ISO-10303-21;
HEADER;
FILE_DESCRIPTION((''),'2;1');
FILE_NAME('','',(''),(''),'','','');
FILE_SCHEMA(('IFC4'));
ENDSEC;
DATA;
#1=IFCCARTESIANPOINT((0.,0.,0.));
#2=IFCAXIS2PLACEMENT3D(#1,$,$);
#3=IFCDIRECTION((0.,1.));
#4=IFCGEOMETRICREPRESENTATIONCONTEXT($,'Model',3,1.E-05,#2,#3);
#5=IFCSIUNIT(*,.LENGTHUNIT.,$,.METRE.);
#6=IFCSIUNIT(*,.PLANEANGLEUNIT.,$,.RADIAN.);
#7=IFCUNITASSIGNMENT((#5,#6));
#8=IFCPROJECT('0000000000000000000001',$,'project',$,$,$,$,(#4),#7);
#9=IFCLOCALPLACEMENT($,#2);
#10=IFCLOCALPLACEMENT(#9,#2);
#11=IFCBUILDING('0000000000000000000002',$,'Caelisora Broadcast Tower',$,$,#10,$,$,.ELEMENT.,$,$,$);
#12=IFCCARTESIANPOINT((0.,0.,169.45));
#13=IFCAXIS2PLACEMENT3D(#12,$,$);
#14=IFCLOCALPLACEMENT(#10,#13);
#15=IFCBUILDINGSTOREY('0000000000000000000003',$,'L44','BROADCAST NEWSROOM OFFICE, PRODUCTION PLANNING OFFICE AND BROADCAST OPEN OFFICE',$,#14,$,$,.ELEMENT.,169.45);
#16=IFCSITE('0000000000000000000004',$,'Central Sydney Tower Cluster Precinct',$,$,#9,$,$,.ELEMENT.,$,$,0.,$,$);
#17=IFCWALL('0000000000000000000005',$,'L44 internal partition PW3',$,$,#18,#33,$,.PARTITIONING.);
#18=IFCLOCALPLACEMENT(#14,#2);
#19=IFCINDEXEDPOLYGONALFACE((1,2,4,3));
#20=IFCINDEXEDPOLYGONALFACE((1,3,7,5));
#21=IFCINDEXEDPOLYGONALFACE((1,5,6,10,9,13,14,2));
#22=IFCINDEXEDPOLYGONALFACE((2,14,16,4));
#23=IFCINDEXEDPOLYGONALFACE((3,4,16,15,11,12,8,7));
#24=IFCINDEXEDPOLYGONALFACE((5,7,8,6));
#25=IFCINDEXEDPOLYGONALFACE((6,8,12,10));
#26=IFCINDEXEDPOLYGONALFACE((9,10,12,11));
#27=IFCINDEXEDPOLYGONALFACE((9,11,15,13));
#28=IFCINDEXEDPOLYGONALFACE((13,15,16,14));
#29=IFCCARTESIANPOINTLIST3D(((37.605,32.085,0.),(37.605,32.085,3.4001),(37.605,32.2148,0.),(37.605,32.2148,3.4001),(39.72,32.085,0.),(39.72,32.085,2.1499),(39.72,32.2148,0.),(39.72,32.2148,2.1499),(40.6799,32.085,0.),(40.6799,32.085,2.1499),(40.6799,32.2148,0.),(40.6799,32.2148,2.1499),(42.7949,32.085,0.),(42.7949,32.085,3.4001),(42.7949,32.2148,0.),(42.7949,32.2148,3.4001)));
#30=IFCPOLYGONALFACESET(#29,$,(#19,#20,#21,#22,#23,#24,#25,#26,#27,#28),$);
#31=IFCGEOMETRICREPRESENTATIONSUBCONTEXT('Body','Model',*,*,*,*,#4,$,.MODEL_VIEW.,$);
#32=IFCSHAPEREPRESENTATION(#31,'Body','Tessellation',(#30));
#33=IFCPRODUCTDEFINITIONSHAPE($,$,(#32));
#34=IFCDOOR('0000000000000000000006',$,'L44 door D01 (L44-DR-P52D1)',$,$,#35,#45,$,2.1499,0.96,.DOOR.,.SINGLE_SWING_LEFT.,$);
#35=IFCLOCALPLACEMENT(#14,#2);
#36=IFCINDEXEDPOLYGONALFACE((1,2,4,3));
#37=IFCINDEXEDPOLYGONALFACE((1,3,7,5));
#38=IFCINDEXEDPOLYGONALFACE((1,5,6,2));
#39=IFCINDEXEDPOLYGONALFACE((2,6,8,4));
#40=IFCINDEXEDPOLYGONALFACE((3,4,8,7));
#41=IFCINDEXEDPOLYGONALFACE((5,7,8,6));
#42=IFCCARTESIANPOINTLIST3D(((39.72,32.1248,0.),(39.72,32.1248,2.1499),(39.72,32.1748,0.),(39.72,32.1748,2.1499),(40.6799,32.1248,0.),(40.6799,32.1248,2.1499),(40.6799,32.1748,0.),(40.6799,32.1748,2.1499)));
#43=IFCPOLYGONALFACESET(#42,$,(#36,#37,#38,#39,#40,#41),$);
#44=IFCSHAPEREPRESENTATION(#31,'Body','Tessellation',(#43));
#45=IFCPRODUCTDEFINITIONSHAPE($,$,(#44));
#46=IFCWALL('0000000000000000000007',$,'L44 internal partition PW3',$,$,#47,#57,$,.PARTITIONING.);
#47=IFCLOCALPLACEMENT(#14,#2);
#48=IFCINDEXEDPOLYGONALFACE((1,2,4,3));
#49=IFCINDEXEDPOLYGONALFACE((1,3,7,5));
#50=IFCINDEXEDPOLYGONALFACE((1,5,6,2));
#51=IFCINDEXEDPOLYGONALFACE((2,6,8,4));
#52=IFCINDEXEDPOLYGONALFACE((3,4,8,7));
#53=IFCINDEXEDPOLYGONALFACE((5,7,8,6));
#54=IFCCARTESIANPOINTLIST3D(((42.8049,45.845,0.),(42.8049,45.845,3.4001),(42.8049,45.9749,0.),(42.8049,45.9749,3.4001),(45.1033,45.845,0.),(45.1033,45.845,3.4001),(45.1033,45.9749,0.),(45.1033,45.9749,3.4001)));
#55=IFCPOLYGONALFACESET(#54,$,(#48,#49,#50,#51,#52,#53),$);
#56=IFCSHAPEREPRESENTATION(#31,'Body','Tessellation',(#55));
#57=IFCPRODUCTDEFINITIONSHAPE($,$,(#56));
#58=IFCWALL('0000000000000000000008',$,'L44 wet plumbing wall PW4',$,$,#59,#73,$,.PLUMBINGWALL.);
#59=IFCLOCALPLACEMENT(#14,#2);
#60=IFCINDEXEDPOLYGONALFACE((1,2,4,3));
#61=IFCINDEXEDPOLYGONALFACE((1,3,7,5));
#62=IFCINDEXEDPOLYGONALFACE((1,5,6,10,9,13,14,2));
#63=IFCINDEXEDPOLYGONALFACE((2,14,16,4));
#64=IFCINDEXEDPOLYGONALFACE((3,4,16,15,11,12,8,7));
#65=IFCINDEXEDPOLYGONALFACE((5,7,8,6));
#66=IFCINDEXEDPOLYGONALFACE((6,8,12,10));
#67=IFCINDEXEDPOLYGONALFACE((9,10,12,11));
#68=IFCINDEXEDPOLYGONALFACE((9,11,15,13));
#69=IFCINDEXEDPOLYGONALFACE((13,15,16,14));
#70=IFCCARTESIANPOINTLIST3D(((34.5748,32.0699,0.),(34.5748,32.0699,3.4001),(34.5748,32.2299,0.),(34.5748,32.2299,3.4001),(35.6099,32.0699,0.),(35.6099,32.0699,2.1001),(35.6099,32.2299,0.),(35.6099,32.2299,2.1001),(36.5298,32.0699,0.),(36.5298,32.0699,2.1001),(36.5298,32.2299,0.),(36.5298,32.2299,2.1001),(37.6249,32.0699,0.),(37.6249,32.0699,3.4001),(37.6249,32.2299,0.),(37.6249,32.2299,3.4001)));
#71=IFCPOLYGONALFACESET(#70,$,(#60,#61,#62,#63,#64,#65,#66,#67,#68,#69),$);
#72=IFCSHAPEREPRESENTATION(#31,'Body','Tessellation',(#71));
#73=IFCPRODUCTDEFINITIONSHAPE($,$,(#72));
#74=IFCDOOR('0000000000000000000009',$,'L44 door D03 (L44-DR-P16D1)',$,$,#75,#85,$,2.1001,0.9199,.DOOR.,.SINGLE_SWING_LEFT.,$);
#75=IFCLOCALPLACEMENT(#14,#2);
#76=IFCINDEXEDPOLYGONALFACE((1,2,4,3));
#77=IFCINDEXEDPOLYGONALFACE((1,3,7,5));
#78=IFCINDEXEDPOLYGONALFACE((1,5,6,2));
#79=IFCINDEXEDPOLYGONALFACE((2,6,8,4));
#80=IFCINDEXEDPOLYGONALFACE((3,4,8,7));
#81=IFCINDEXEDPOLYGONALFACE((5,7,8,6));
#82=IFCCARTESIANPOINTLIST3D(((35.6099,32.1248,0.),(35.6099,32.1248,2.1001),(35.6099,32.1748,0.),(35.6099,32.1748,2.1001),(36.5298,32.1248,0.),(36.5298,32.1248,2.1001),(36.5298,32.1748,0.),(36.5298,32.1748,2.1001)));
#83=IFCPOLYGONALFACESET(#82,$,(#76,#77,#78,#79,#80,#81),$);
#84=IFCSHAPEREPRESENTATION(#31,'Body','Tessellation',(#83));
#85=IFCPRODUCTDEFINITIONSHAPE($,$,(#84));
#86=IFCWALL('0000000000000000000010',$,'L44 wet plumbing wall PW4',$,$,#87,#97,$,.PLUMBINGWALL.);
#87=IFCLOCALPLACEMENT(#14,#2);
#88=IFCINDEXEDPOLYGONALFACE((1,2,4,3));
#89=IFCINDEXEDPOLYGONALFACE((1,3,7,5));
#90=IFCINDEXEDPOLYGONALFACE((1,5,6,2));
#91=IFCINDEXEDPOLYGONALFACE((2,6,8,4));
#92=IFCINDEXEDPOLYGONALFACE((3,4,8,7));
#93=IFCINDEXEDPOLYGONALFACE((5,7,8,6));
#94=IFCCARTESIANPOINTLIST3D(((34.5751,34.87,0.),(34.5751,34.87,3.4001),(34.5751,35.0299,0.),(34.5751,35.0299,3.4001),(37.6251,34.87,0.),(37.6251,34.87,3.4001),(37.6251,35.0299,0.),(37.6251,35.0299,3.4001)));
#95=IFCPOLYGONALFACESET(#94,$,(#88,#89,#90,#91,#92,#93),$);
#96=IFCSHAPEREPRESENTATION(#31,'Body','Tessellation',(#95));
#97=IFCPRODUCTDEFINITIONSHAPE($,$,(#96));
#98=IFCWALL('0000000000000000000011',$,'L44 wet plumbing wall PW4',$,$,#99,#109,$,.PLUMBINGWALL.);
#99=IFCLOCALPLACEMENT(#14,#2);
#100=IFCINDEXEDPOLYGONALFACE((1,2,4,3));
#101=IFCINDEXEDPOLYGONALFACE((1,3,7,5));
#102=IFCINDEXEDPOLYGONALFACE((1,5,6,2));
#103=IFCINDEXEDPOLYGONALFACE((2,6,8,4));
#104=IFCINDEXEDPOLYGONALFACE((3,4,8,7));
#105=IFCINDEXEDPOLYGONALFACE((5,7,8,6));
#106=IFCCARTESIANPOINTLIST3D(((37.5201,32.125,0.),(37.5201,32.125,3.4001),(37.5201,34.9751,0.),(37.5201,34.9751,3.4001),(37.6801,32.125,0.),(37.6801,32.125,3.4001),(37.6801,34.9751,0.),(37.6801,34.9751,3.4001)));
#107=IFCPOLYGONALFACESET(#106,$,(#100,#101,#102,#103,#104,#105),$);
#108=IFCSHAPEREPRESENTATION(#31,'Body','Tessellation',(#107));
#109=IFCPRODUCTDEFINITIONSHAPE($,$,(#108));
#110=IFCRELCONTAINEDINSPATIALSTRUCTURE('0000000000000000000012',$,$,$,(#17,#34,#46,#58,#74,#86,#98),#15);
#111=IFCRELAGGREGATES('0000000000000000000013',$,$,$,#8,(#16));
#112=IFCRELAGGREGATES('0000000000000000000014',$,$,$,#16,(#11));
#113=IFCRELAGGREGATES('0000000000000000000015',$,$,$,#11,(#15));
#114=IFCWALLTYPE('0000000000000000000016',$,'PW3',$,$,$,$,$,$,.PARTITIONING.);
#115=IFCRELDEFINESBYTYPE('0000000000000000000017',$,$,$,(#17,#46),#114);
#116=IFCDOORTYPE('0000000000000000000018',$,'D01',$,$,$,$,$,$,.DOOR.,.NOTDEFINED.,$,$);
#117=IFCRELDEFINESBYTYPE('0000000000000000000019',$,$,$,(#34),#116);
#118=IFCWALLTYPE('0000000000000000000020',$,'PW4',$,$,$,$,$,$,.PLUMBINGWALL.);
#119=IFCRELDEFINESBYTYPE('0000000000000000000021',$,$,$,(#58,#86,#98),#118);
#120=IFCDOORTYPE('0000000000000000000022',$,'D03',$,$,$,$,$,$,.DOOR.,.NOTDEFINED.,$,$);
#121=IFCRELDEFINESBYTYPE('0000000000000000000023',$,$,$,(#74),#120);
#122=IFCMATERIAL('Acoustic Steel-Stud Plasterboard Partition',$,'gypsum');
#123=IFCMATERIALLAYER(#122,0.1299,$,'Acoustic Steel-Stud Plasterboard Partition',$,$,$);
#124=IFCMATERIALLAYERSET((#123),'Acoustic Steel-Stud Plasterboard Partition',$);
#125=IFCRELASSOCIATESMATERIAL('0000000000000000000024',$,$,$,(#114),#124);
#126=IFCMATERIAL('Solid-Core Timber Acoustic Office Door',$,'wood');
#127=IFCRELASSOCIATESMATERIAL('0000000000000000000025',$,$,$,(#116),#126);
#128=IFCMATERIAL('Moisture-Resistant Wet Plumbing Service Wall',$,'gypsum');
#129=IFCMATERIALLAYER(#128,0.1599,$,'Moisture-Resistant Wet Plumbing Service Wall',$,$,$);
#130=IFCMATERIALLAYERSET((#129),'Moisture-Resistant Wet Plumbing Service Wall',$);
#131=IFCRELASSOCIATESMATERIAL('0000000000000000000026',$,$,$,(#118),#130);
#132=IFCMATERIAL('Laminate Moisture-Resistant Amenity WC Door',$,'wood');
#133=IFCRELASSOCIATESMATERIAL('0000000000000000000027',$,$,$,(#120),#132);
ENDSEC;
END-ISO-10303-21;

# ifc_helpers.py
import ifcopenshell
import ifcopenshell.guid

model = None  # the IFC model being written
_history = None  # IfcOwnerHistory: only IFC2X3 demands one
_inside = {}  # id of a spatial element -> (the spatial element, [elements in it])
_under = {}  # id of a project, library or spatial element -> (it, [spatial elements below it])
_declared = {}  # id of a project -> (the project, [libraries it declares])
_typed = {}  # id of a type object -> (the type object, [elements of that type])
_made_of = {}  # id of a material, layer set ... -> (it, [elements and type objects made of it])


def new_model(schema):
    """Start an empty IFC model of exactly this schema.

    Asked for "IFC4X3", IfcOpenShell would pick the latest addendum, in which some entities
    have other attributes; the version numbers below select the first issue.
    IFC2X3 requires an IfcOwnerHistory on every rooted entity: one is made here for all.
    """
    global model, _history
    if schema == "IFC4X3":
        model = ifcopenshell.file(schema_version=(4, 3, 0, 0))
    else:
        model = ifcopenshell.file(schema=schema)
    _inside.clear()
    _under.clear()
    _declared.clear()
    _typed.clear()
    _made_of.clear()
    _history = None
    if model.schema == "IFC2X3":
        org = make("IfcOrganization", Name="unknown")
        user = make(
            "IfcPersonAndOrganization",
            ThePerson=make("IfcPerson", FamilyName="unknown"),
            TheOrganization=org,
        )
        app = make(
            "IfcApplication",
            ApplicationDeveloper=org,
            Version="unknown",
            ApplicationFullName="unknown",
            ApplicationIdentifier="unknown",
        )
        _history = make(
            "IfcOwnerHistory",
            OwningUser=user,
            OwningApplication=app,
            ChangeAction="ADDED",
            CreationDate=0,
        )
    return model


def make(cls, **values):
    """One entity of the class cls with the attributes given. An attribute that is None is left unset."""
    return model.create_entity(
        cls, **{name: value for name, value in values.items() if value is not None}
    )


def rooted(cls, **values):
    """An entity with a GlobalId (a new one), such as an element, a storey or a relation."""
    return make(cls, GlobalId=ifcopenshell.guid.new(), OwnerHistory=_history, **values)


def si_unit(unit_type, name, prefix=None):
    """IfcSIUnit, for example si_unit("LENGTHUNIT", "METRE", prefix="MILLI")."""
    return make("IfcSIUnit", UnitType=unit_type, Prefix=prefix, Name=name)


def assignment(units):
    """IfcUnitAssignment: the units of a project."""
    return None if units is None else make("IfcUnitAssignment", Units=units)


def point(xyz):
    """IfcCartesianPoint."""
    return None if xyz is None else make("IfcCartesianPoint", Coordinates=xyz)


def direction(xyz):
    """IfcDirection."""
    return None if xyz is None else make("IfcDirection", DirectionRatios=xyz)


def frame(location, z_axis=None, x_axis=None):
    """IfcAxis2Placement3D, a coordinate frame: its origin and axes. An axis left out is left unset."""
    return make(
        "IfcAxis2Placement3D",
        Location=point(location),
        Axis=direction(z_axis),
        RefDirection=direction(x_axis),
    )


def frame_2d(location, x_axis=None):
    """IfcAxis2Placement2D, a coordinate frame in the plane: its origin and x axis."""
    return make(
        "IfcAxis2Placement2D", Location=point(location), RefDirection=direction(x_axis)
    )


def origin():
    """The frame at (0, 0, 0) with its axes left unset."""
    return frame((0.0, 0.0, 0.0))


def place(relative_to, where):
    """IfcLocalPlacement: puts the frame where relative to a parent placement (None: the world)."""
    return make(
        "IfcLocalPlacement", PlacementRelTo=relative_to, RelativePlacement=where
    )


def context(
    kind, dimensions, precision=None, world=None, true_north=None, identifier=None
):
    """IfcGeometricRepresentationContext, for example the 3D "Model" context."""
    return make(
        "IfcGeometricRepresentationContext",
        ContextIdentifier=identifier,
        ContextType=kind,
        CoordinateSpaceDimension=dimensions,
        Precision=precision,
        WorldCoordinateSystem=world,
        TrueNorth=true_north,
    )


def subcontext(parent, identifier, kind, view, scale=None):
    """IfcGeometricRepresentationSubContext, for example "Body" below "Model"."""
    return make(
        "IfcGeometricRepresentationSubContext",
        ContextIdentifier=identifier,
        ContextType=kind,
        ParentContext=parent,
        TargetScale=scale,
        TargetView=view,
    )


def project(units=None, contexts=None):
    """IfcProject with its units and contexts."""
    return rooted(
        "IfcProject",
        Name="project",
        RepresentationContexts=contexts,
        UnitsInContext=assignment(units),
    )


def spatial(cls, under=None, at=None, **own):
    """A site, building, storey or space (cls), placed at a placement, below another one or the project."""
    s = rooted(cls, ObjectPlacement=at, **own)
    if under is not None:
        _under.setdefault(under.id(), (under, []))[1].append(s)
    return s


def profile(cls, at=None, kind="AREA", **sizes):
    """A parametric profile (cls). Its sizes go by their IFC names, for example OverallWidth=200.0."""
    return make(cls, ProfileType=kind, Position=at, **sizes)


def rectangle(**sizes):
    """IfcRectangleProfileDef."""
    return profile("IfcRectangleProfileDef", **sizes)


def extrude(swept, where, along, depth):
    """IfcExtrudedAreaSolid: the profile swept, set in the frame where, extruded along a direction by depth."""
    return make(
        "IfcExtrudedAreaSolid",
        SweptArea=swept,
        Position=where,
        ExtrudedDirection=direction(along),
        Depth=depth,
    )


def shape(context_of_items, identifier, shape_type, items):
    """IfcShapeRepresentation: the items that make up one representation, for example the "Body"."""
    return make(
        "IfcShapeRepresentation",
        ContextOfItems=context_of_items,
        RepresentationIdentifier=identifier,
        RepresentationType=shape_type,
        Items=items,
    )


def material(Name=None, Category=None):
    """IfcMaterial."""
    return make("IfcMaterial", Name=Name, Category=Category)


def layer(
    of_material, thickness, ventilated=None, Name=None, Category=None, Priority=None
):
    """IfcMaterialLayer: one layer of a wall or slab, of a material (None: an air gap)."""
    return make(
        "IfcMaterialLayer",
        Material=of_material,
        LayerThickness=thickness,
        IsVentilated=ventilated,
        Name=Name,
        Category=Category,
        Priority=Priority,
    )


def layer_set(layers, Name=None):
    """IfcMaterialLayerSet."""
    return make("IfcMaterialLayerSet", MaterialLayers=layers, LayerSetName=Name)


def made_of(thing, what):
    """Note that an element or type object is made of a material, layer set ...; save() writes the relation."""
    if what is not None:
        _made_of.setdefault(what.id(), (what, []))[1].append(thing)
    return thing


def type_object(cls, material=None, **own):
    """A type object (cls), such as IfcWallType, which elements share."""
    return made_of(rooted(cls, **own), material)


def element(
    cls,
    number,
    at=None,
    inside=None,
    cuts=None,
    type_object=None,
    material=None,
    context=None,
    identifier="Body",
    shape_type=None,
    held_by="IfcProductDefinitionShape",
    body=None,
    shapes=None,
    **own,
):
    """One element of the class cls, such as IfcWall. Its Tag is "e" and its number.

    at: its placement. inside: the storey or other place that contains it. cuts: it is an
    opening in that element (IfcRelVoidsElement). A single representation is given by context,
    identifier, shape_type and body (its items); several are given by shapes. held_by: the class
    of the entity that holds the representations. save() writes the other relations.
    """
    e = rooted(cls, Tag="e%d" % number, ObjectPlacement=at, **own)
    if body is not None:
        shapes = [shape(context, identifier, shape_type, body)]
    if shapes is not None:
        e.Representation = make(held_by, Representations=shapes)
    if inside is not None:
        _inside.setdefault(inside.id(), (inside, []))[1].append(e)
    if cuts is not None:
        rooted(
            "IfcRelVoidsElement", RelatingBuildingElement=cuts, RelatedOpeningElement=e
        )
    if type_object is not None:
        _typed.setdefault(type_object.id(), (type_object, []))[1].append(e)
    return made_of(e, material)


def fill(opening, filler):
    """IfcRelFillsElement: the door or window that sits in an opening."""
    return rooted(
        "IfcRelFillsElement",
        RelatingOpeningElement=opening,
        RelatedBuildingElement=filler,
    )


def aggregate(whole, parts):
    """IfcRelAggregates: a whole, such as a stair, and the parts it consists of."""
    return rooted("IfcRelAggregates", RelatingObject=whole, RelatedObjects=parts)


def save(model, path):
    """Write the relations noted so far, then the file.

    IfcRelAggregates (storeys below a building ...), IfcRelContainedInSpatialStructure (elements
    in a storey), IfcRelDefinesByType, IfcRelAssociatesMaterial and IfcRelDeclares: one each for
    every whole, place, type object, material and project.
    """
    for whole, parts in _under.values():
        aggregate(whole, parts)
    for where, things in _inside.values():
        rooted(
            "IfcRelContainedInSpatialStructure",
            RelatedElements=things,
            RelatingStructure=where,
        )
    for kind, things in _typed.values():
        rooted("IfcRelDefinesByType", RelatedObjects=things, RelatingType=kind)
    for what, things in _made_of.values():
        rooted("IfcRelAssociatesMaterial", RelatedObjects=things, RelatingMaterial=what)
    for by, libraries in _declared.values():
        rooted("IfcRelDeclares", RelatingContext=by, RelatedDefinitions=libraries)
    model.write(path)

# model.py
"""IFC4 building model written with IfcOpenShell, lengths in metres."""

from ifc_helpers import new_model, si_unit, direction, frame, frame_2d, origin, place, context, subcontext, project, spatial, rectangle, extrude, material, layer, layer_set, type_object, element, fill, save


model = new_model("IFC4")

# Units and contexts
model_context = context("Model", 3, precision=1e-05, world=origin(), true_north=direction((0.0, 1.0)))
body_context = subcontext(model_context, "Body", "Model", "MODEL_VIEW")
ifc_project = project(units=[si_unit("LENGTHUNIT", "METRE"), si_unit("PLANEANGLEUNIT", "RADIAN")], contexts=[model_context])

# Site, building, storey
site_placement = place(None, origin())
site = spatial("IfcSite", under=ifc_project, at=site_placement, Name="Central Sydney Tower Cluster Precinct", CompositionType="ELEMENT", RefElevation=0.0)
building_placement = place(site_placement, origin())
building = spatial("IfcBuilding", under=site, at=building_placement, Name="Caelisora Broadcast Tower", CompositionType="ELEMENT")
storey_placement = place(building_placement, frame((0.0, 0.0, 169.45)))
storey = spatial("IfcBuildingStorey", under=building, at=storey_placement, Name="L44", Description="BROADCAST NEWSROOM OFFICE, PRODUCTION PLANNING OFFICE AND BROADCAST OPEN OFFICE", CompositionType="ELEMENT", Elevation=169.45)

# Shared definitions
ifc_material_1 = material(Name="Acoustic Steel-Stud Plasterboard Partition", Category="gypsum")
ifc_layer_1 = layer(ifc_material_1, 0.1299, Name="Acoustic Steel-Stud Plasterboard Partition")
ifc_layer_set_1 = layer_set([ifc_layer_1], Name="Acoustic Steel-Stud Plasterboard Partition")
wall_type_1 = type_object("IfcWallType", Name="PW3", PredefinedType="PARTITIONING", material=ifc_layer_set_1)
ifc_material_2 = material(Name="Solid-Core Timber Acoustic Office Door", Category="wood")
door_type_1 = type_object("IfcDoorType", Name="D01", OperationType="NOTDEFINED", PredefinedType="DOOR", material=ifc_material_2)

# Wall, opening, door
wall_1_placement = place(storey_placement, frame((37.605, 32.1499, 0.0), z_axis=(0.0, 0.0, 1.0), x_axis=(1.0, 0.0, 0.0)))
wall_1 = element("IfcWall", 1, at=wall_1_placement, inside=storey, type_object=wall_type_1, Name="L44 internal partition PW3", PredefinedType="PARTITIONING", context=body_context, shape_type="SweptSolid", body=[
    extrude(rectangle(XDim=5.1899, YDim=0.1299, at=frame_2d((2.595, 0.0))), origin(), (0.0, 0.0, 1.0), 3.4001),
])
opening_1_placement = place(wall_1_placement, frame((2.115, 0.0, 0.0)))
opening_1 = element("IfcOpeningElement", 2, at=opening_1_placement, cuts=wall_1, PredefinedType="OPENING", context=body_context, shape_type="SweptSolid", body=[
    extrude(rectangle(XDim=0.96, YDim=2.1499, at=frame_2d((0.48, 1.075))), frame((0.0, 0.0769, 0.0), z_axis=(0.0, -1.0, 0.0), x_axis=(1.0, 0.0, 0.0)), (0.0, 0.0, 1.0), 0.1538),
])
door_1_placement = place(opening_1_placement, origin())
door_1 = element("IfcDoor", 3, at=door_1_placement, inside=storey, type_object=door_type_1, Name="L44 door D01 (L44-DR-P52D1)", OperationType="SINGLE_SWING_LEFT", OverallHeight=2.1499, OverallWidth=0.96, PredefinedType="DOOR", context=body_context, shape_type="SweptSolid", body=[
    extrude(rectangle(XDim=0.96, YDim=2.1499, at=frame_2d((0.48, 1.075))), frame((0.0, 0.0249, 0.0), z_axis=(0.0, -1.0, 0.0), x_axis=(1.0, 0.0, 0.0)), (0.0, 0.0, 1.0), 0.05),
])
fill(opening_1, door_1)

# Wall
wall_2_placement = place(storey_placement, frame((42.8049, 45.9099, 0.0), z_axis=(0.0, 0.0, 1.0), x_axis=(1.0, 0.0, 0.0)))
element("IfcWall", 4, at=wall_2_placement, inside=storey, type_object=wall_type_1, Name="L44 internal partition PW3", PredefinedType="PARTITIONING", context=body_context, shape_type="SweptSolid", body=[
    extrude(rectangle(XDim=2.2983, YDim=0.1299, at=frame_2d((1.1492, 0.0))), origin(), (0.0, 0.0, 1.0), 3.4001),
])

# Wall, opening, door
ifc_material_3 = material(Name="Moisture-Resistant Wet Plumbing Service Wall", Category="gypsum")
ifc_layer_2 = layer(ifc_material_3, 0.1599, Name="Moisture-Resistant Wet Plumbing Service Wall")
ifc_layer_set_2 = layer_set([ifc_layer_2], Name="Moisture-Resistant Wet Plumbing Service Wall")
wall_type_2 = type_object("IfcWallType", Name="PW4", PredefinedType="PLUMBINGWALL", material=ifc_layer_set_2)
wall_3_placement = place(storey_placement, frame((34.575, 32.1499, 0.0), z_axis=(0.0, 0.0, 1.0), x_axis=(1.0, 0.0, 0.0)))
wall_3 = element("IfcWall", 5, at=wall_3_placement, inside=storey, type_object=wall_type_2, Name="L44 wet plumbing wall PW4", PredefinedType="PLUMBINGWALL", context=body_context, shape_type="SweptSolid", body=[
    extrude(rectangle(XDim=3.05, YDim=0.1599, at=frame_2d((1.5249, 0.0))), origin(), (0.0, 0.0, 1.0), 3.4001),
])
opening_2_placement = place(wall_3_placement, frame((1.0349, 0.0, 0.0)))
opening_2 = element("IfcOpeningElement", 6, at=opening_2_placement, cuts=wall_3, PredefinedType="OPENING", context=body_context, shape_type="SweptSolid", body=[
    extrude(rectangle(XDim=0.9199, YDim=2.1001, at=frame_2d((0.46, 1.05))), frame((0.0, 0.092, 0.0), z_axis=(0.0, -1.0, 0.0), x_axis=(1.0, 0.0, 0.0)), (0.0, 0.0, 1.0), 0.1838),
])
ifc_material_4 = material(Name="Laminate Moisture-Resistant Amenity WC Door", Category="wood")
door_type_2 = type_object("IfcDoorType", Name="D03", OperationType="NOTDEFINED", PredefinedType="DOOR", material=ifc_material_4)
door_2_placement = place(opening_2_placement, origin())
door_2 = element("IfcDoor", 7, at=door_2_placement, inside=storey, type_object=door_type_2, Name="L44 door D03 (L44-DR-P16D1)", OperationType="SINGLE_SWING_LEFT", OverallHeight=2.1001, OverallWidth=0.9199, PredefinedType="DOOR", context=body_context, shape_type="SweptSolid", body=[
    extrude(rectangle(XDim=0.9199, YDim=2.1001, at=frame_2d((0.46, 1.05))), frame((0.0, 0.0249, 0.0), z_axis=(0.0, -1.0, 0.0), x_axis=(1.0, 0.0, 0.0)), (0.0, 0.0, 1.0), 0.05),
])
fill(opening_2, door_2)

# Walls
wall_4_placement = place(storey_placement, frame((37.625, 34.95, 0.0), z_axis=(0.0, 0.0, 1.0), x_axis=(-1.0, 0.0, 0.0)))
element("IfcWall", 8, at=wall_4_placement, inside=storey, type_object=wall_type_2, Name="L44 wet plumbing wall PW4", PredefinedType="PLUMBINGWALL", context=body_context, shape_type="SweptSolid", body=[
    extrude(rectangle(XDim=3.05, YDim=0.1599, at=frame_2d((1.5249, 0.0))), origin(), (0.0, 0.0, 1.0), 3.4001),
])
wall_5_placement = place(storey_placement, frame((37.6001, 32.125, 0.0), z_axis=(0.0, 0.0, 1.0), x_axis=(0.0, 1.0, 0.0)))
element("IfcWall", 9, at=wall_5_placement, inside=storey, type_object=wall_type_2, Name="L44 wet plumbing wall PW4", PredefinedType="PLUMBINGWALL", context=body_context, shape_type="SweptSolid", body=[
    extrude(rectangle(XDim=2.8501, YDim=0.1599, at=frame_2d((1.425, 0.0))), origin(), (0.0, 0.0, 1.0), 3.4001),
])

save(model, "model.ifc")
